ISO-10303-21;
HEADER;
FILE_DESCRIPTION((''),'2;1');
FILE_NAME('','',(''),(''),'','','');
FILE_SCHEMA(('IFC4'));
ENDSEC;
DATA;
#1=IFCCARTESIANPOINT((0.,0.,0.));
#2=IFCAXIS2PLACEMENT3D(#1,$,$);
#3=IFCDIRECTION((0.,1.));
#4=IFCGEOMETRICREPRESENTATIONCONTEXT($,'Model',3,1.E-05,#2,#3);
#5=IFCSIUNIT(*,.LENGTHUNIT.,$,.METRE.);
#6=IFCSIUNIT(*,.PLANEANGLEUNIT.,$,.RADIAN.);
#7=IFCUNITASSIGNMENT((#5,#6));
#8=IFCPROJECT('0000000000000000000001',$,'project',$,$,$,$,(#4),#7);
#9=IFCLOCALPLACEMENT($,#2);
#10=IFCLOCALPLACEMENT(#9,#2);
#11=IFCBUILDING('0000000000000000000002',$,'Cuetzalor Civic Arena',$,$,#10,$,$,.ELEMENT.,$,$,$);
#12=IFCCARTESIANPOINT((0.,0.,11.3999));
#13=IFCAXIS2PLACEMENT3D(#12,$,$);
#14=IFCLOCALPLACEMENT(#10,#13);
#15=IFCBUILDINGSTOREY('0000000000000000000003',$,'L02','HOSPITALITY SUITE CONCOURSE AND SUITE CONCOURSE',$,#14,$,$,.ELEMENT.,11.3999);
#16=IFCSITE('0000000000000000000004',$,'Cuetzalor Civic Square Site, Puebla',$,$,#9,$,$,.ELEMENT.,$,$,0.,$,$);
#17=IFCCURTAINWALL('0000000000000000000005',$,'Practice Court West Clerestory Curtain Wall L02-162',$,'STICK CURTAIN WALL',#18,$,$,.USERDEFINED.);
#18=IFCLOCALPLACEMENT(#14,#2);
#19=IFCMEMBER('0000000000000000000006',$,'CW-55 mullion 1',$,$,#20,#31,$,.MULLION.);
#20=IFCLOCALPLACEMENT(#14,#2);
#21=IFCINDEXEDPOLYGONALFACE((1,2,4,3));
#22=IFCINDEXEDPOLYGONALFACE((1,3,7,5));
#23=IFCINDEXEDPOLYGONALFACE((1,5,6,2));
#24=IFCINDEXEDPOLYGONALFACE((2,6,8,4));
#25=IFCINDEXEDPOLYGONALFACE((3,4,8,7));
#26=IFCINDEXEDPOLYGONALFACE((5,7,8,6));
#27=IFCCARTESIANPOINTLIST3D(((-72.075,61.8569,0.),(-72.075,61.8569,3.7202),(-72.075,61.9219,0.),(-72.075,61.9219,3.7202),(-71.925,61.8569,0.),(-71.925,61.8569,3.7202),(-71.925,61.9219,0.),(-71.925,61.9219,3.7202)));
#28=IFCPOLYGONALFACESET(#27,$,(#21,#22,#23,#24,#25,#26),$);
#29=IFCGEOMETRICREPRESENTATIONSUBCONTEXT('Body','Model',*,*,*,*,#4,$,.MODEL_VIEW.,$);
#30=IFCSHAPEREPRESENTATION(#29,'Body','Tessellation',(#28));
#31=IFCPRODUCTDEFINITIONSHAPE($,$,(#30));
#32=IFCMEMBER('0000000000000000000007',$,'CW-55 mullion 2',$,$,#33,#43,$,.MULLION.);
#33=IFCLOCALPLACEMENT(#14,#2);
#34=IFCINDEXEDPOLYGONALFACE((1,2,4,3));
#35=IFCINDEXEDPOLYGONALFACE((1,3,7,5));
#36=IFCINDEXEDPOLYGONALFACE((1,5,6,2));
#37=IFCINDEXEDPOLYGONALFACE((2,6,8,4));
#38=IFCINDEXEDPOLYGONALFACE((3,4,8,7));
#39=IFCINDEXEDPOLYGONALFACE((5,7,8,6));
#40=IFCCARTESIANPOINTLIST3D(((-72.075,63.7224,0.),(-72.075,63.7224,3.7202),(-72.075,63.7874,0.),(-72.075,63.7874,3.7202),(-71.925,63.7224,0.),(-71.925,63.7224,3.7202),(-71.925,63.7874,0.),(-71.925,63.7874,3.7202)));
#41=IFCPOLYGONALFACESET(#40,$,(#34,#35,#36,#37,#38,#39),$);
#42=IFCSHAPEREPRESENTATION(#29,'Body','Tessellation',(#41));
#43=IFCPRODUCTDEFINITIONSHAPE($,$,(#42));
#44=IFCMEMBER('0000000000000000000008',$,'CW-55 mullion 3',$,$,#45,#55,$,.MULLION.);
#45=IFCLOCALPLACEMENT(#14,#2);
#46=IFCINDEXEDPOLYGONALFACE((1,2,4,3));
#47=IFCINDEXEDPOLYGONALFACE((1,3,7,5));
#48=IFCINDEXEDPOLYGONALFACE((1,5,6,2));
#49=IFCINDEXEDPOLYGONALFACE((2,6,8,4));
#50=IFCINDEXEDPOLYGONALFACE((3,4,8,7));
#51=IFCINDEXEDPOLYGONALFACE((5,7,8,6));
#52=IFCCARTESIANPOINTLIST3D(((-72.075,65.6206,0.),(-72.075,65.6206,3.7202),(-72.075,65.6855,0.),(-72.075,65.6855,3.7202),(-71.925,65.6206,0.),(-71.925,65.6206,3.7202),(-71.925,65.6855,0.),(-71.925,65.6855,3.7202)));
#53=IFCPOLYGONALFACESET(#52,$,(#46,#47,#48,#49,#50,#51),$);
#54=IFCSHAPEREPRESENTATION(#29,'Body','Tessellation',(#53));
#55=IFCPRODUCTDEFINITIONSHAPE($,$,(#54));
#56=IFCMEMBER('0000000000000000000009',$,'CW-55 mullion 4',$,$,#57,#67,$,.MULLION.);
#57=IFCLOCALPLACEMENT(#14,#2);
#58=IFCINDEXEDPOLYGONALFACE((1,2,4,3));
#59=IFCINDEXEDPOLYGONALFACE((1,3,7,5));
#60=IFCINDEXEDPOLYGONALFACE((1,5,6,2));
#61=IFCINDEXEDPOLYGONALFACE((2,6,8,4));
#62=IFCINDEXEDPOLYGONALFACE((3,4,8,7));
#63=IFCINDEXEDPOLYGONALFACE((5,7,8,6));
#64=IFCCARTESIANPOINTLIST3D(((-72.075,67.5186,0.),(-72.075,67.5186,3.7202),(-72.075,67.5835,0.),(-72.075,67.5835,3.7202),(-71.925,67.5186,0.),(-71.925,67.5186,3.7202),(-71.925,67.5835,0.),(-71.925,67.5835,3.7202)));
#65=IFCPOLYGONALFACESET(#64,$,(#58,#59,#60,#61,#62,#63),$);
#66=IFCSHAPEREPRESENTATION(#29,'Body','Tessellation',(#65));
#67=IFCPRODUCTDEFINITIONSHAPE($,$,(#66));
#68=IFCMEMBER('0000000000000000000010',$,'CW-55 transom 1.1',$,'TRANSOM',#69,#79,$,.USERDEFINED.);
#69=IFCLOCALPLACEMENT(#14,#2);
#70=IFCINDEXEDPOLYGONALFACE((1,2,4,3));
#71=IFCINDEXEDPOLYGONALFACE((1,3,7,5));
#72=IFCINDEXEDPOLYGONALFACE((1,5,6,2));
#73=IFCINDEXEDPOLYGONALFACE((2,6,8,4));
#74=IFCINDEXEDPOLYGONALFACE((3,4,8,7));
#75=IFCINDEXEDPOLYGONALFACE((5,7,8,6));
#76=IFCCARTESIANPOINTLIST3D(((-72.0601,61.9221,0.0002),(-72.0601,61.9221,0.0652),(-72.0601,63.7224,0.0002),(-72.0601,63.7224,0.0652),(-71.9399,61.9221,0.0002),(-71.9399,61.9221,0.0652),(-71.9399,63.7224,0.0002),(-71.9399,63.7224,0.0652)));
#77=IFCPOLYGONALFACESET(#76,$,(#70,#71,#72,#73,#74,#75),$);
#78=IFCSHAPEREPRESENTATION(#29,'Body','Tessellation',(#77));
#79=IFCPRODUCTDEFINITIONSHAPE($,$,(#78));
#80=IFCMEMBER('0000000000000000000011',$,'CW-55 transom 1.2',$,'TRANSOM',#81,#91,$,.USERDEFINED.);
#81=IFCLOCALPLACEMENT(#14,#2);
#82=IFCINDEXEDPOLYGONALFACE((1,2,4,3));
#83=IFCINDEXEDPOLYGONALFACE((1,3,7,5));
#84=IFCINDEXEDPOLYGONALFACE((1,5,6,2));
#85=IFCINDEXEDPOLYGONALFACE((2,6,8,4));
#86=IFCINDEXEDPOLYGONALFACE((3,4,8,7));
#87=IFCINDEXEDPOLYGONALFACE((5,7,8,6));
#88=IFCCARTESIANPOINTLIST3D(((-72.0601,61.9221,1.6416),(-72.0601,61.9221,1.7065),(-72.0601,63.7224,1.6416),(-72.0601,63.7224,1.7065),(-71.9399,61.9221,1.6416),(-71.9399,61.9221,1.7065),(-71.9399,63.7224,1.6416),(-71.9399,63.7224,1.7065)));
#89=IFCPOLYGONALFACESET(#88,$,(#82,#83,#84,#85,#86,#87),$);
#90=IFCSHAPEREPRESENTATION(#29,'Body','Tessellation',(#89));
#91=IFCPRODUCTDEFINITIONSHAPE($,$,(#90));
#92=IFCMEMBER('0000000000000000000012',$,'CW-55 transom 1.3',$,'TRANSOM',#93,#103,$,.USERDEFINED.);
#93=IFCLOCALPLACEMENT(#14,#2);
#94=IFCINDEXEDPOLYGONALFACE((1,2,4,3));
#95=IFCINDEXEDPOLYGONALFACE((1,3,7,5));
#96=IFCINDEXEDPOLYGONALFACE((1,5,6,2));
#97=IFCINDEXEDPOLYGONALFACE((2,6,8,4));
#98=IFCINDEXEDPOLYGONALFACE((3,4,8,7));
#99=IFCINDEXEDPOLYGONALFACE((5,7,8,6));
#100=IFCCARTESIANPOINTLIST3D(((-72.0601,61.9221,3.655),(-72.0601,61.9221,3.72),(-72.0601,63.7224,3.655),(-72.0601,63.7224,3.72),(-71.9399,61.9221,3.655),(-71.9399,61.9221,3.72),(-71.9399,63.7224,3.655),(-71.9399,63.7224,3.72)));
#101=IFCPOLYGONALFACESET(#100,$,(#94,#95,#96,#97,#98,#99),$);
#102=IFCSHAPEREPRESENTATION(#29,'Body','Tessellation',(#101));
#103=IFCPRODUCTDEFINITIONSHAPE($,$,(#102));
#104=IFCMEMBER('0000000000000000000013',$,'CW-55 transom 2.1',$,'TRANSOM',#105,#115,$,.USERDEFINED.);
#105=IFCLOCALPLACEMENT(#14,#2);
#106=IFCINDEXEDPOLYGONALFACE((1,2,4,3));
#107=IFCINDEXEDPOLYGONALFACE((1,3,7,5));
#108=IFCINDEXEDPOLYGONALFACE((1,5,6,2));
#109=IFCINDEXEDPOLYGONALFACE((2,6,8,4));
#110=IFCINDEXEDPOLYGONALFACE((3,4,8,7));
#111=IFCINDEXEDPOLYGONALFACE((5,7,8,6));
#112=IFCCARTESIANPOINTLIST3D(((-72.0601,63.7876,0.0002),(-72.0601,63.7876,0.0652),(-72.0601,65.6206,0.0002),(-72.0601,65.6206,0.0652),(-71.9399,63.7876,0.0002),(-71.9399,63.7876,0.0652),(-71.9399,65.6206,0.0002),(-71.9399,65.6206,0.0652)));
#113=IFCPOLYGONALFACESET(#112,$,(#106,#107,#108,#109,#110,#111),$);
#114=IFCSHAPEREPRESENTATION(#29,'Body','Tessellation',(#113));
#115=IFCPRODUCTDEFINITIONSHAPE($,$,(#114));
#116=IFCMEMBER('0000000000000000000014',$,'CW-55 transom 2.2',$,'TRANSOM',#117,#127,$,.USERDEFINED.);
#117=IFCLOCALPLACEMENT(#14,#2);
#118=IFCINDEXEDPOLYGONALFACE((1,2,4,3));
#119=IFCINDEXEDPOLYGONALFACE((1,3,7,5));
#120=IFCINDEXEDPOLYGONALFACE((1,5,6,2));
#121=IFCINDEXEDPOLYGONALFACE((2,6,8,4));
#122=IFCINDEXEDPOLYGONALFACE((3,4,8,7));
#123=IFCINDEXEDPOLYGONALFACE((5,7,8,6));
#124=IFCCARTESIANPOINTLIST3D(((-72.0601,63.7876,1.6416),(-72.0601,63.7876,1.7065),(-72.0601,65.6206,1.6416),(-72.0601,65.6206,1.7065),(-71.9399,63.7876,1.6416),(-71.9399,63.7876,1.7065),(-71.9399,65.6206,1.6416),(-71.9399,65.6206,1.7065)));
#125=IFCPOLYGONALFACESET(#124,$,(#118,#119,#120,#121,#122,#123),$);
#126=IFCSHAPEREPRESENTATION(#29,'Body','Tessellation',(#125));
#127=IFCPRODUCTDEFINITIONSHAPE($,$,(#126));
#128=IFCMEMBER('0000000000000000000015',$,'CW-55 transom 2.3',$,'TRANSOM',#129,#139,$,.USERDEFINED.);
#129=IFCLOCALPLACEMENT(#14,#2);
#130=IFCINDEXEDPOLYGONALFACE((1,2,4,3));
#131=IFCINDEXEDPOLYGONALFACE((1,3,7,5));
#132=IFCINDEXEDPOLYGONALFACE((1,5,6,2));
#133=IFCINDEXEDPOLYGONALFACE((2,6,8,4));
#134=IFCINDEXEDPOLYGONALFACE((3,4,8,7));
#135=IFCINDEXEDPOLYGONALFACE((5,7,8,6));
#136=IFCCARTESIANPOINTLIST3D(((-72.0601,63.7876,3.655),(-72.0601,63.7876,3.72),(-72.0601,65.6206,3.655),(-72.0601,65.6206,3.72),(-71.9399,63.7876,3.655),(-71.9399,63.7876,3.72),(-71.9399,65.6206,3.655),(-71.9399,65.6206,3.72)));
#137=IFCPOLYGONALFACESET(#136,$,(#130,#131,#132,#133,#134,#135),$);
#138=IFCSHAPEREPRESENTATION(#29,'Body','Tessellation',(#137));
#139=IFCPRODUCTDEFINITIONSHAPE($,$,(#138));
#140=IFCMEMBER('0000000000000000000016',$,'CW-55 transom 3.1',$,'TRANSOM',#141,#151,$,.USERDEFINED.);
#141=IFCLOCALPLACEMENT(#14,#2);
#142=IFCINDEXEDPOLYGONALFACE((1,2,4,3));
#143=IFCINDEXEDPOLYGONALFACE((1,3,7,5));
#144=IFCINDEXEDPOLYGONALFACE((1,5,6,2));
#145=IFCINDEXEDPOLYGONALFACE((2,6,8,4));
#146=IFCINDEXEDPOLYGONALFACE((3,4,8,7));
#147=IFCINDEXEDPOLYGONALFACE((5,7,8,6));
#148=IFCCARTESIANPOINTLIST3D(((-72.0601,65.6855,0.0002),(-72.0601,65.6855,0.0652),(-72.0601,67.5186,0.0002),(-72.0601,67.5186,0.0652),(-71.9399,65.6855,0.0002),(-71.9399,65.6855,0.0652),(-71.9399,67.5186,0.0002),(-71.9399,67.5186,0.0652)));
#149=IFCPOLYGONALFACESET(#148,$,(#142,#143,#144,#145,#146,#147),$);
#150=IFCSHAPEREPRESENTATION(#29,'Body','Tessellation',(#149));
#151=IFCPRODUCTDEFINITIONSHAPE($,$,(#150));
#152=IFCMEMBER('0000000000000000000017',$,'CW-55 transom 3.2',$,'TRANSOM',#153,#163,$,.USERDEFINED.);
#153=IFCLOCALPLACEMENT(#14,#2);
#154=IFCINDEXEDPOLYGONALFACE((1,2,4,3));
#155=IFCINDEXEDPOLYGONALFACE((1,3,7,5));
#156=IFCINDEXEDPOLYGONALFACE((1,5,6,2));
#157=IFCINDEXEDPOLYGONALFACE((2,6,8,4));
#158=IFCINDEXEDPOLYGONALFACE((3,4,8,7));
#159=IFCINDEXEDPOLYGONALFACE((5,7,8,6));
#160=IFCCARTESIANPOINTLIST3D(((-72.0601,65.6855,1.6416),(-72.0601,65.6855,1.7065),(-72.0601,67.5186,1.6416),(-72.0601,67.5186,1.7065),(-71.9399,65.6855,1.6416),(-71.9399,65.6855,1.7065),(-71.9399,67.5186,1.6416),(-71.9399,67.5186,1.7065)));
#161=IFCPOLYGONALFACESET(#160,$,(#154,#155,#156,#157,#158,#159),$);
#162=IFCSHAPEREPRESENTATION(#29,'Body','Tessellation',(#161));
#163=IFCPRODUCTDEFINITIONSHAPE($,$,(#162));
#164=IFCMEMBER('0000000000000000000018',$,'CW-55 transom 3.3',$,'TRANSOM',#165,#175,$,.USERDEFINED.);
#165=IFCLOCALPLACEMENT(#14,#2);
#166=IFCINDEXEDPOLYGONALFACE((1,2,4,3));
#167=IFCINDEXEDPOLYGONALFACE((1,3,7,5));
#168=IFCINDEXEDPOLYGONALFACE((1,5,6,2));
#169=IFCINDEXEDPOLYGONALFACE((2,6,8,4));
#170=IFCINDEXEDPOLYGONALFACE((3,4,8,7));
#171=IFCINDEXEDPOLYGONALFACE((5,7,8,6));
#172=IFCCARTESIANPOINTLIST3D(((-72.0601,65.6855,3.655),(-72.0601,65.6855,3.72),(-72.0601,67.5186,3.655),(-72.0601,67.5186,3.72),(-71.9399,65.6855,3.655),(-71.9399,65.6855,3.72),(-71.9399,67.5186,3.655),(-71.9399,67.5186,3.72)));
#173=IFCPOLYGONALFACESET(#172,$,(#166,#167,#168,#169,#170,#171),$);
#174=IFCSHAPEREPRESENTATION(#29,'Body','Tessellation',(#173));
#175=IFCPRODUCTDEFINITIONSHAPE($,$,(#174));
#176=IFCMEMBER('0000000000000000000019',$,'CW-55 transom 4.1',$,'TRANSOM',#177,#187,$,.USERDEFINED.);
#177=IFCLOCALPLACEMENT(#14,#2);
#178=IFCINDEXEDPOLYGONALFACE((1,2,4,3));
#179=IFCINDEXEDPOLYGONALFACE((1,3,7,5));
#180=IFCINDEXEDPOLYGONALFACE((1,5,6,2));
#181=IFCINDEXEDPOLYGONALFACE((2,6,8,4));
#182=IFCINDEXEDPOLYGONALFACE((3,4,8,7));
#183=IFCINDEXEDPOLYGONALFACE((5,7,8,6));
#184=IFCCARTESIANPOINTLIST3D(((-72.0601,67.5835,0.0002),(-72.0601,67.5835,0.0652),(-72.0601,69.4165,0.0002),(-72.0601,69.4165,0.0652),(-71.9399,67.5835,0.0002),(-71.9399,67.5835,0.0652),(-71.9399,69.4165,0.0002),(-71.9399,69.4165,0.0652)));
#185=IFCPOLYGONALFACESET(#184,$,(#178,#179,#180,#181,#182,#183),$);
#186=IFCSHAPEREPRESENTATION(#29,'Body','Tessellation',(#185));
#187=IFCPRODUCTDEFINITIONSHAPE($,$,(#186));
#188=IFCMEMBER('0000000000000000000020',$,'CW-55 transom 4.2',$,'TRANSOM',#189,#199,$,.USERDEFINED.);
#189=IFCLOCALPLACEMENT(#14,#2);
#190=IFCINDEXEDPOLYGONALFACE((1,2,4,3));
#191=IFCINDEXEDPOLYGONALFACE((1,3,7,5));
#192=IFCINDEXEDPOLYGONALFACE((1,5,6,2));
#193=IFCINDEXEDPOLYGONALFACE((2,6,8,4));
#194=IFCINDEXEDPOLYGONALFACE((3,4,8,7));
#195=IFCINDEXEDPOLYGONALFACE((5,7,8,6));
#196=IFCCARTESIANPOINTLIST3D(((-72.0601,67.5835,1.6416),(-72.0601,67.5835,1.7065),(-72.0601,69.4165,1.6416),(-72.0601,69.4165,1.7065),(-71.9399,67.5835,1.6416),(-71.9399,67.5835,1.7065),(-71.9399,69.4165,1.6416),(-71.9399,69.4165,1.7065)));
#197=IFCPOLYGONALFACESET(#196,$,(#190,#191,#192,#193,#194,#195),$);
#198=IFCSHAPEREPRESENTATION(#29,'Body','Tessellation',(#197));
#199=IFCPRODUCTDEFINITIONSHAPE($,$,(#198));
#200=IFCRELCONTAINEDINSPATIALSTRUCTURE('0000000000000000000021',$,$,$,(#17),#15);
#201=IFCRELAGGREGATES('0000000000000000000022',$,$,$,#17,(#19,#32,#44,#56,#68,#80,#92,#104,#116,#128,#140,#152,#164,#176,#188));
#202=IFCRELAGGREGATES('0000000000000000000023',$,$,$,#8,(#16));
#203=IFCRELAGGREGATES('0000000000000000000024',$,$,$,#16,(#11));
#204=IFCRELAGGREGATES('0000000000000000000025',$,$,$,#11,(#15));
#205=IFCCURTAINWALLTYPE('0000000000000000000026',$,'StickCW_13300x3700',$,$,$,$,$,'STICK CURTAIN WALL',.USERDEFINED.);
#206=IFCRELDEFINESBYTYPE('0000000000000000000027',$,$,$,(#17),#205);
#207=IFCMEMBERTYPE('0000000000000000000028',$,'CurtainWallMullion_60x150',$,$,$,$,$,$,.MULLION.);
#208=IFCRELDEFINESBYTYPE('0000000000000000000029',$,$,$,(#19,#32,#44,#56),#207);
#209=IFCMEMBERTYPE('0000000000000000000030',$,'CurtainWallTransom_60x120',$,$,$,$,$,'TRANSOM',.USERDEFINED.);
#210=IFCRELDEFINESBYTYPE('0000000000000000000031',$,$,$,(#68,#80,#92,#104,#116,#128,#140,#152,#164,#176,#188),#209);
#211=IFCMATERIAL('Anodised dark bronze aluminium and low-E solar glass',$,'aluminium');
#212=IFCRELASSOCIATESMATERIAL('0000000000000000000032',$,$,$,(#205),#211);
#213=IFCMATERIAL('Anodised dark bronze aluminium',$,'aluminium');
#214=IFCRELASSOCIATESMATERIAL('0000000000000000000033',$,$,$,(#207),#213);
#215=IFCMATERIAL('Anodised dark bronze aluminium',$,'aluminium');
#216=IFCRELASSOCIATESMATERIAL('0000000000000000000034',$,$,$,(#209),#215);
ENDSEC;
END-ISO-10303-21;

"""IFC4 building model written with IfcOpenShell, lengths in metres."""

from ifc_helpers import new_model, si_unit, direction, frame, origin, origin_2d, place, context, subcontext, project, spatial, rectangle, extrude, material, material_profile, profile_set, type_object, element, aggregate, save


model = new_model("IFC4")

# Units and contexts
model_context = context("Model", 3, precision=1e-05, world=origin(), true_north=direction((0.0, 1.0)))
body_context = subcontext(model_context, "Body", "Model", "MODEL_VIEW")
ifc_project = project(units=[si_unit("LENGTHUNIT", "METRE"), si_unit("PLANEANGLEUNIT", "RADIAN")], contexts=[model_context])

# Site, building, storey
site_placement = place(None, origin())
site = spatial("IfcSite", under=ifc_project, at=site_placement, Name="Cuetzalor Civic Square Site, Puebla", CompositionType="ELEMENT", RefElevation=0.0)
building_placement = place(site_placement, origin())
building = spatial("IfcBuilding", under=site, at=building_placement, Name="Cuetzalor Civic Arena", CompositionType="ELEMENT")
storey_placement = place(building_placement, frame((0.0, 0.0, 11.3999)))
storey = spatial("IfcBuildingStorey", under=building, at=storey_placement, Name="L02", Description="HOSPITALITY SUITE CONCOURSE AND SUITE CONCOURSE", CompositionType="ELEMENT", Elevation=11.3999)

# Curtain wall, members
ifc_material_1 = material(Name="Anodised dark bronze aluminium and low-E solar glass", Category="aluminium")
curtain_wall_type = type_object("IfcCurtainWallType", Name="StickCW_13300x3700", ElementType="STICK CURTAIN WALL", PredefinedType="USERDEFINED", material=ifc_material_1)
curtain_wall_placement = place(storey_placement, origin())
curtain_wall = element("IfcCurtainWall", 1, at=curtain_wall_placement, inside=storey, type_object=curtain_wall_type, Name="Practice Court West Clerestory Curtain Wall L02-162", ObjectType="STICK CURTAIN WALL", PredefinedType="USERDEFINED")
ifc_material_2 = material(Name="Anodised dark bronze aluminium", Category="aluminium")
ifc_material_profile_1 = material_profile(ifc_material_2, rectangle(XDim=0.0649, YDim=0.1499, at=origin_2d()), Name="ALU MULLION 65x150")
ifc_profile_set_1 = profile_set([ifc_material_profile_1], Name="Anodised dark bronze aluminium")
member_type_1 = type_object("IfcMemberType", Name="CurtainWallMullion_60x150", PredefinedType="MULLION", material=ifc_profile_set_1)
member_1_placement = place(storey_placement, frame((-72.0, 61.8894, 0.0), z_axis=(0.0, 0.0, 1.0), x_axis=(0.0, 1.0, 0.0)))
member_1 = element("IfcMember", 2, at=member_1_placement, type_object=member_type_1, Name="CW-55 mullion 1", PredefinedType="MULLION", context=body_context, shape_type="SweptSolid", body=[
    extrude(rectangle(XDim=0.0649, YDim=0.1499, at=origin_2d()), origin(), (0.0, 0.0, 1.0), 3.7202),
])
member_2_placement = place(storey_placement, frame((-72.0, 63.7549, 0.0), z_axis=(0.0, 0.0, 1.0), x_axis=(0.0, 1.0, 0.0)))
member_2 = element("IfcMember", 3, at=member_2_placement, type_object=member_type_1, Name="CW-55 mullion 2", PredefinedType="MULLION", context=body_context, shape_type="SweptSolid", body=[
    extrude(rectangle(XDim=0.0649, YDim=0.1499, at=origin_2d()), origin(), (0.0, 0.0, 1.0), 3.7202),
])
member_3_placement = place(storey_placement, frame((-72.0, 65.6531, 0.0), z_axis=(0.0, 0.0, 1.0), x_axis=(0.0, 1.0, 0.0)))
member_3 = element("IfcMember", 4, at=member_3_placement, type_object=member_type_1, Name="CW-55 mullion 3", PredefinedType="MULLION", context=body_context, shape_type="SweptSolid", body=[
    extrude(rectangle(XDim=0.0649, YDim=0.1499, at=origin_2d()), origin(), (0.0, 0.0, 1.0), 3.7202),
])
member_4_placement = place(storey_placement, frame((-72.0, 67.551, 0.0), z_axis=(0.0, 0.0, 1.0), x_axis=(0.0, 1.0, 0.0)))
member_4 = element("IfcMember", 5, at=member_4_placement, type_object=member_type_1, Name="CW-55 mullion 4", PredefinedType="MULLION", context=body_context, shape_type="SweptSolid", body=[
    extrude(rectangle(XDim=0.0649, YDim=0.1499, at=origin_2d()), origin(), (0.0, 0.0, 1.0), 3.7202),
])
ifc_material_3 = material(Name="Anodised dark bronze aluminium", Category="aluminium")
ifc_material_profile_2 = material_profile(ifc_material_3, rectangle(XDim=0.1201, YDim=0.0649, at=origin_2d()), Name="ALU TRANSOM 65x120")
ifc_profile_set_2 = profile_set([ifc_material_profile_2], Name="Anodised dark bronze aluminium")
member_type_2 = type_object("IfcMemberType", Name="CurtainWallTransom_60x120", ElementType="TRANSOM", PredefinedType="USERDEFINED", material=ifc_profile_set_2)
member_5_placement = place(storey_placement, frame((-72.0, 61.9221, 0.0327), z_axis=(0.0, 1.0, 0.0), x_axis=(-1.0, 0.0, 0.0)))
member_5 = element("IfcMember", 6, at=member_5_placement, type_object=member_type_2, Name="CW-55 transom 1.1", ObjectType="TRANSOM", PredefinedType="USERDEFINED", context=body_context, shape_type="SweptSolid", body=[
    extrude(rectangle(XDim=0.1201, YDim=0.0649, at=origin_2d()), origin(), (0.0, 0.0, 1.0), 1.8003),
])
member_6_placement = place(storey_placement, frame((-72.0, 61.9221, 1.6741), z_axis=(0.0, 1.0, 0.0), x_axis=(-1.0, 0.0, 0.0)))
member_6 = element("IfcMember", 7, at=member_6_placement, type_object=member_type_2, Name="CW-55 transom 1.2", ObjectType="TRANSOM", PredefinedType="USERDEFINED", context=body_context, shape_type="SweptSolid", body=[
    extrude(rectangle(XDim=0.1201, YDim=0.0649, at=origin_2d()), origin(), (0.0, 0.0, 1.0), 1.8003),
])
member_7_placement = place(storey_placement, frame((-72.0, 61.9221, 3.6875), z_axis=(0.0, 1.0, 0.0), x_axis=(-1.0, 0.0, 0.0)))
member_7 = element("IfcMember", 8, at=member_7_placement, type_object=member_type_2, Name="CW-55 transom 1.3", ObjectType="TRANSOM", PredefinedType="USERDEFINED", context=body_context, shape_type="SweptSolid", body=[
    extrude(rectangle(XDim=0.1201, YDim=0.0649, at=origin_2d()), origin(), (0.0, 0.0, 1.0), 1.8003),
])
member_8_placement = place(storey_placement, frame((-72.0, 63.7876, 0.0327), z_axis=(0.0, 1.0, 0.0), x_axis=(-1.0, 0.0, 0.0)))
member_8 = element("IfcMember", 9, at=member_8_placement, type_object=member_type_2, Name="CW-55 transom 2.1", ObjectType="TRANSOM", PredefinedType="USERDEFINED", context=body_context, shape_type="SweptSolid", body=[
    extrude(rectangle(XDim=0.1201, YDim=0.0649, at=origin_2d()), origin(), (0.0, 0.0, 1.0), 1.833),
])
member_9_placement = place(storey_placement, frame((-72.0, 63.7876, 1.6741), z_axis=(0.0, 1.0, 0.0), x_axis=(-1.0, 0.0, 0.0)))
member_9 = element("IfcMember", 10, at=member_9_placement, type_object=member_type_2, Name="CW-55 transom 2.2", ObjectType="TRANSOM", PredefinedType="USERDEFINED", context=body_context, shape_type="SweptSolid", body=[
    extrude(rectangle(XDim=0.1201, YDim=0.0649, at=origin_2d()), origin(), (0.0, 0.0, 1.0), 1.833),
])
member_10_placement = place(storey_placement, frame((-72.0, 63.7876, 3.6875), z_axis=(0.0, 1.0, 0.0), x_axis=(-1.0, 0.0, 0.0)))
member_10 = element("IfcMember", 11, at=member_10_placement, type_object=member_type_2, Name="CW-55 transom 2.3", ObjectType="TRANSOM", PredefinedType="USERDEFINED", context=body_context, shape_type="SweptSolid", body=[
    extrude(rectangle(XDim=0.1201, YDim=0.0649, at=origin_2d()), origin(), (0.0, 0.0, 1.0), 1.833),
])
member_11_placement = place(storey_placement, frame((-72.0, 65.6855, 0.0327), z_axis=(0.0, 1.0, 0.0), x_axis=(-1.0, 0.0, 0.0)))
member_11 = element("IfcMember", 12, at=member_11_placement, type_object=member_type_2, Name="CW-55 transom 3.1", ObjectType="TRANSOM", PredefinedType="USERDEFINED", context=body_context, shape_type="SweptSolid", body=[
    extrude(rectangle(XDim=0.1201, YDim=0.0649, at=origin_2d()), origin(), (0.0, 0.0, 1.0), 1.833),
])
member_12_placement = place(storey_placement, frame((-72.0, 65.6855, 1.6741), z_axis=(0.0, 1.0, 0.0), x_axis=(-1.0, 0.0, 0.0)))
member_12 = element("IfcMember", 13, at=member_12_placement, type_object=member_type_2, Name="CW-55 transom 3.2", ObjectType="TRANSOM", PredefinedType="USERDEFINED", context=body_context, shape_type="SweptSolid", body=[
    extrude(rectangle(XDim=0.1201, YDim=0.0649, at=origin_2d()), origin(), (0.0, 0.0, 1.0), 1.833),
])
member_13_placement = place(storey_placement, frame((-72.0, 65.6855, 3.6875), z_axis=(0.0, 1.0, 0.0), x_axis=(-1.0, 0.0, 0.0)))
member_13 = element("IfcMember", 14, at=member_13_placement, type_object=member_type_2, Name="CW-55 transom 3.3", ObjectType="TRANSOM", PredefinedType="USERDEFINED", context=body_context, shape_type="SweptSolid", body=[
    extrude(rectangle(XDim=0.1201, YDim=0.0649, at=origin_2d()), origin(), (0.0, 0.0, 1.0), 1.833),
])
member_14_placement = place(storey_placement, frame((-72.0, 67.5835, 0.0327), z_axis=(0.0, 1.0, 0.0), x_axis=(-1.0, 0.0, 0.0)))
member_14 = element("IfcMember", 15, at=member_14_placement, type_object=member_type_2, Name="CW-55 transom 4.1", ObjectType="TRANSOM", PredefinedType="USERDEFINED", context=body_context, shape_type="SweptSolid", body=[
    extrude(rectangle(XDim=0.1201, YDim=0.0649, at=origin_2d()), origin(), (0.0, 0.0, 1.0), 1.833),
])
member_15_placement = place(storey_placement, frame((-72.0, 67.5835, 1.6741), z_axis=(0.0, 1.0, 0.0), x_axis=(-1.0, 0.0, 0.0)))
member_15 = element("IfcMember", 16, at=member_15_placement, type_object=member_type_2, Name="CW-55 transom 4.2", ObjectType="TRANSOM", PredefinedType="USERDEFINED", context=body_context, shape_type="SweptSolid", body=[
    extrude(rectangle(XDim=0.1201, YDim=0.0649, at=origin_2d()), origin(), (0.0, 0.0, 1.0), 1.833),
])
aggregate(curtain_wall, [member_1, member_2, member_3, member_4, member_5, member_6, member_7, member_8, member_9, member_10, member_11, member_12, member_13, member_14, member_15])

save(model, "model.ifc")
